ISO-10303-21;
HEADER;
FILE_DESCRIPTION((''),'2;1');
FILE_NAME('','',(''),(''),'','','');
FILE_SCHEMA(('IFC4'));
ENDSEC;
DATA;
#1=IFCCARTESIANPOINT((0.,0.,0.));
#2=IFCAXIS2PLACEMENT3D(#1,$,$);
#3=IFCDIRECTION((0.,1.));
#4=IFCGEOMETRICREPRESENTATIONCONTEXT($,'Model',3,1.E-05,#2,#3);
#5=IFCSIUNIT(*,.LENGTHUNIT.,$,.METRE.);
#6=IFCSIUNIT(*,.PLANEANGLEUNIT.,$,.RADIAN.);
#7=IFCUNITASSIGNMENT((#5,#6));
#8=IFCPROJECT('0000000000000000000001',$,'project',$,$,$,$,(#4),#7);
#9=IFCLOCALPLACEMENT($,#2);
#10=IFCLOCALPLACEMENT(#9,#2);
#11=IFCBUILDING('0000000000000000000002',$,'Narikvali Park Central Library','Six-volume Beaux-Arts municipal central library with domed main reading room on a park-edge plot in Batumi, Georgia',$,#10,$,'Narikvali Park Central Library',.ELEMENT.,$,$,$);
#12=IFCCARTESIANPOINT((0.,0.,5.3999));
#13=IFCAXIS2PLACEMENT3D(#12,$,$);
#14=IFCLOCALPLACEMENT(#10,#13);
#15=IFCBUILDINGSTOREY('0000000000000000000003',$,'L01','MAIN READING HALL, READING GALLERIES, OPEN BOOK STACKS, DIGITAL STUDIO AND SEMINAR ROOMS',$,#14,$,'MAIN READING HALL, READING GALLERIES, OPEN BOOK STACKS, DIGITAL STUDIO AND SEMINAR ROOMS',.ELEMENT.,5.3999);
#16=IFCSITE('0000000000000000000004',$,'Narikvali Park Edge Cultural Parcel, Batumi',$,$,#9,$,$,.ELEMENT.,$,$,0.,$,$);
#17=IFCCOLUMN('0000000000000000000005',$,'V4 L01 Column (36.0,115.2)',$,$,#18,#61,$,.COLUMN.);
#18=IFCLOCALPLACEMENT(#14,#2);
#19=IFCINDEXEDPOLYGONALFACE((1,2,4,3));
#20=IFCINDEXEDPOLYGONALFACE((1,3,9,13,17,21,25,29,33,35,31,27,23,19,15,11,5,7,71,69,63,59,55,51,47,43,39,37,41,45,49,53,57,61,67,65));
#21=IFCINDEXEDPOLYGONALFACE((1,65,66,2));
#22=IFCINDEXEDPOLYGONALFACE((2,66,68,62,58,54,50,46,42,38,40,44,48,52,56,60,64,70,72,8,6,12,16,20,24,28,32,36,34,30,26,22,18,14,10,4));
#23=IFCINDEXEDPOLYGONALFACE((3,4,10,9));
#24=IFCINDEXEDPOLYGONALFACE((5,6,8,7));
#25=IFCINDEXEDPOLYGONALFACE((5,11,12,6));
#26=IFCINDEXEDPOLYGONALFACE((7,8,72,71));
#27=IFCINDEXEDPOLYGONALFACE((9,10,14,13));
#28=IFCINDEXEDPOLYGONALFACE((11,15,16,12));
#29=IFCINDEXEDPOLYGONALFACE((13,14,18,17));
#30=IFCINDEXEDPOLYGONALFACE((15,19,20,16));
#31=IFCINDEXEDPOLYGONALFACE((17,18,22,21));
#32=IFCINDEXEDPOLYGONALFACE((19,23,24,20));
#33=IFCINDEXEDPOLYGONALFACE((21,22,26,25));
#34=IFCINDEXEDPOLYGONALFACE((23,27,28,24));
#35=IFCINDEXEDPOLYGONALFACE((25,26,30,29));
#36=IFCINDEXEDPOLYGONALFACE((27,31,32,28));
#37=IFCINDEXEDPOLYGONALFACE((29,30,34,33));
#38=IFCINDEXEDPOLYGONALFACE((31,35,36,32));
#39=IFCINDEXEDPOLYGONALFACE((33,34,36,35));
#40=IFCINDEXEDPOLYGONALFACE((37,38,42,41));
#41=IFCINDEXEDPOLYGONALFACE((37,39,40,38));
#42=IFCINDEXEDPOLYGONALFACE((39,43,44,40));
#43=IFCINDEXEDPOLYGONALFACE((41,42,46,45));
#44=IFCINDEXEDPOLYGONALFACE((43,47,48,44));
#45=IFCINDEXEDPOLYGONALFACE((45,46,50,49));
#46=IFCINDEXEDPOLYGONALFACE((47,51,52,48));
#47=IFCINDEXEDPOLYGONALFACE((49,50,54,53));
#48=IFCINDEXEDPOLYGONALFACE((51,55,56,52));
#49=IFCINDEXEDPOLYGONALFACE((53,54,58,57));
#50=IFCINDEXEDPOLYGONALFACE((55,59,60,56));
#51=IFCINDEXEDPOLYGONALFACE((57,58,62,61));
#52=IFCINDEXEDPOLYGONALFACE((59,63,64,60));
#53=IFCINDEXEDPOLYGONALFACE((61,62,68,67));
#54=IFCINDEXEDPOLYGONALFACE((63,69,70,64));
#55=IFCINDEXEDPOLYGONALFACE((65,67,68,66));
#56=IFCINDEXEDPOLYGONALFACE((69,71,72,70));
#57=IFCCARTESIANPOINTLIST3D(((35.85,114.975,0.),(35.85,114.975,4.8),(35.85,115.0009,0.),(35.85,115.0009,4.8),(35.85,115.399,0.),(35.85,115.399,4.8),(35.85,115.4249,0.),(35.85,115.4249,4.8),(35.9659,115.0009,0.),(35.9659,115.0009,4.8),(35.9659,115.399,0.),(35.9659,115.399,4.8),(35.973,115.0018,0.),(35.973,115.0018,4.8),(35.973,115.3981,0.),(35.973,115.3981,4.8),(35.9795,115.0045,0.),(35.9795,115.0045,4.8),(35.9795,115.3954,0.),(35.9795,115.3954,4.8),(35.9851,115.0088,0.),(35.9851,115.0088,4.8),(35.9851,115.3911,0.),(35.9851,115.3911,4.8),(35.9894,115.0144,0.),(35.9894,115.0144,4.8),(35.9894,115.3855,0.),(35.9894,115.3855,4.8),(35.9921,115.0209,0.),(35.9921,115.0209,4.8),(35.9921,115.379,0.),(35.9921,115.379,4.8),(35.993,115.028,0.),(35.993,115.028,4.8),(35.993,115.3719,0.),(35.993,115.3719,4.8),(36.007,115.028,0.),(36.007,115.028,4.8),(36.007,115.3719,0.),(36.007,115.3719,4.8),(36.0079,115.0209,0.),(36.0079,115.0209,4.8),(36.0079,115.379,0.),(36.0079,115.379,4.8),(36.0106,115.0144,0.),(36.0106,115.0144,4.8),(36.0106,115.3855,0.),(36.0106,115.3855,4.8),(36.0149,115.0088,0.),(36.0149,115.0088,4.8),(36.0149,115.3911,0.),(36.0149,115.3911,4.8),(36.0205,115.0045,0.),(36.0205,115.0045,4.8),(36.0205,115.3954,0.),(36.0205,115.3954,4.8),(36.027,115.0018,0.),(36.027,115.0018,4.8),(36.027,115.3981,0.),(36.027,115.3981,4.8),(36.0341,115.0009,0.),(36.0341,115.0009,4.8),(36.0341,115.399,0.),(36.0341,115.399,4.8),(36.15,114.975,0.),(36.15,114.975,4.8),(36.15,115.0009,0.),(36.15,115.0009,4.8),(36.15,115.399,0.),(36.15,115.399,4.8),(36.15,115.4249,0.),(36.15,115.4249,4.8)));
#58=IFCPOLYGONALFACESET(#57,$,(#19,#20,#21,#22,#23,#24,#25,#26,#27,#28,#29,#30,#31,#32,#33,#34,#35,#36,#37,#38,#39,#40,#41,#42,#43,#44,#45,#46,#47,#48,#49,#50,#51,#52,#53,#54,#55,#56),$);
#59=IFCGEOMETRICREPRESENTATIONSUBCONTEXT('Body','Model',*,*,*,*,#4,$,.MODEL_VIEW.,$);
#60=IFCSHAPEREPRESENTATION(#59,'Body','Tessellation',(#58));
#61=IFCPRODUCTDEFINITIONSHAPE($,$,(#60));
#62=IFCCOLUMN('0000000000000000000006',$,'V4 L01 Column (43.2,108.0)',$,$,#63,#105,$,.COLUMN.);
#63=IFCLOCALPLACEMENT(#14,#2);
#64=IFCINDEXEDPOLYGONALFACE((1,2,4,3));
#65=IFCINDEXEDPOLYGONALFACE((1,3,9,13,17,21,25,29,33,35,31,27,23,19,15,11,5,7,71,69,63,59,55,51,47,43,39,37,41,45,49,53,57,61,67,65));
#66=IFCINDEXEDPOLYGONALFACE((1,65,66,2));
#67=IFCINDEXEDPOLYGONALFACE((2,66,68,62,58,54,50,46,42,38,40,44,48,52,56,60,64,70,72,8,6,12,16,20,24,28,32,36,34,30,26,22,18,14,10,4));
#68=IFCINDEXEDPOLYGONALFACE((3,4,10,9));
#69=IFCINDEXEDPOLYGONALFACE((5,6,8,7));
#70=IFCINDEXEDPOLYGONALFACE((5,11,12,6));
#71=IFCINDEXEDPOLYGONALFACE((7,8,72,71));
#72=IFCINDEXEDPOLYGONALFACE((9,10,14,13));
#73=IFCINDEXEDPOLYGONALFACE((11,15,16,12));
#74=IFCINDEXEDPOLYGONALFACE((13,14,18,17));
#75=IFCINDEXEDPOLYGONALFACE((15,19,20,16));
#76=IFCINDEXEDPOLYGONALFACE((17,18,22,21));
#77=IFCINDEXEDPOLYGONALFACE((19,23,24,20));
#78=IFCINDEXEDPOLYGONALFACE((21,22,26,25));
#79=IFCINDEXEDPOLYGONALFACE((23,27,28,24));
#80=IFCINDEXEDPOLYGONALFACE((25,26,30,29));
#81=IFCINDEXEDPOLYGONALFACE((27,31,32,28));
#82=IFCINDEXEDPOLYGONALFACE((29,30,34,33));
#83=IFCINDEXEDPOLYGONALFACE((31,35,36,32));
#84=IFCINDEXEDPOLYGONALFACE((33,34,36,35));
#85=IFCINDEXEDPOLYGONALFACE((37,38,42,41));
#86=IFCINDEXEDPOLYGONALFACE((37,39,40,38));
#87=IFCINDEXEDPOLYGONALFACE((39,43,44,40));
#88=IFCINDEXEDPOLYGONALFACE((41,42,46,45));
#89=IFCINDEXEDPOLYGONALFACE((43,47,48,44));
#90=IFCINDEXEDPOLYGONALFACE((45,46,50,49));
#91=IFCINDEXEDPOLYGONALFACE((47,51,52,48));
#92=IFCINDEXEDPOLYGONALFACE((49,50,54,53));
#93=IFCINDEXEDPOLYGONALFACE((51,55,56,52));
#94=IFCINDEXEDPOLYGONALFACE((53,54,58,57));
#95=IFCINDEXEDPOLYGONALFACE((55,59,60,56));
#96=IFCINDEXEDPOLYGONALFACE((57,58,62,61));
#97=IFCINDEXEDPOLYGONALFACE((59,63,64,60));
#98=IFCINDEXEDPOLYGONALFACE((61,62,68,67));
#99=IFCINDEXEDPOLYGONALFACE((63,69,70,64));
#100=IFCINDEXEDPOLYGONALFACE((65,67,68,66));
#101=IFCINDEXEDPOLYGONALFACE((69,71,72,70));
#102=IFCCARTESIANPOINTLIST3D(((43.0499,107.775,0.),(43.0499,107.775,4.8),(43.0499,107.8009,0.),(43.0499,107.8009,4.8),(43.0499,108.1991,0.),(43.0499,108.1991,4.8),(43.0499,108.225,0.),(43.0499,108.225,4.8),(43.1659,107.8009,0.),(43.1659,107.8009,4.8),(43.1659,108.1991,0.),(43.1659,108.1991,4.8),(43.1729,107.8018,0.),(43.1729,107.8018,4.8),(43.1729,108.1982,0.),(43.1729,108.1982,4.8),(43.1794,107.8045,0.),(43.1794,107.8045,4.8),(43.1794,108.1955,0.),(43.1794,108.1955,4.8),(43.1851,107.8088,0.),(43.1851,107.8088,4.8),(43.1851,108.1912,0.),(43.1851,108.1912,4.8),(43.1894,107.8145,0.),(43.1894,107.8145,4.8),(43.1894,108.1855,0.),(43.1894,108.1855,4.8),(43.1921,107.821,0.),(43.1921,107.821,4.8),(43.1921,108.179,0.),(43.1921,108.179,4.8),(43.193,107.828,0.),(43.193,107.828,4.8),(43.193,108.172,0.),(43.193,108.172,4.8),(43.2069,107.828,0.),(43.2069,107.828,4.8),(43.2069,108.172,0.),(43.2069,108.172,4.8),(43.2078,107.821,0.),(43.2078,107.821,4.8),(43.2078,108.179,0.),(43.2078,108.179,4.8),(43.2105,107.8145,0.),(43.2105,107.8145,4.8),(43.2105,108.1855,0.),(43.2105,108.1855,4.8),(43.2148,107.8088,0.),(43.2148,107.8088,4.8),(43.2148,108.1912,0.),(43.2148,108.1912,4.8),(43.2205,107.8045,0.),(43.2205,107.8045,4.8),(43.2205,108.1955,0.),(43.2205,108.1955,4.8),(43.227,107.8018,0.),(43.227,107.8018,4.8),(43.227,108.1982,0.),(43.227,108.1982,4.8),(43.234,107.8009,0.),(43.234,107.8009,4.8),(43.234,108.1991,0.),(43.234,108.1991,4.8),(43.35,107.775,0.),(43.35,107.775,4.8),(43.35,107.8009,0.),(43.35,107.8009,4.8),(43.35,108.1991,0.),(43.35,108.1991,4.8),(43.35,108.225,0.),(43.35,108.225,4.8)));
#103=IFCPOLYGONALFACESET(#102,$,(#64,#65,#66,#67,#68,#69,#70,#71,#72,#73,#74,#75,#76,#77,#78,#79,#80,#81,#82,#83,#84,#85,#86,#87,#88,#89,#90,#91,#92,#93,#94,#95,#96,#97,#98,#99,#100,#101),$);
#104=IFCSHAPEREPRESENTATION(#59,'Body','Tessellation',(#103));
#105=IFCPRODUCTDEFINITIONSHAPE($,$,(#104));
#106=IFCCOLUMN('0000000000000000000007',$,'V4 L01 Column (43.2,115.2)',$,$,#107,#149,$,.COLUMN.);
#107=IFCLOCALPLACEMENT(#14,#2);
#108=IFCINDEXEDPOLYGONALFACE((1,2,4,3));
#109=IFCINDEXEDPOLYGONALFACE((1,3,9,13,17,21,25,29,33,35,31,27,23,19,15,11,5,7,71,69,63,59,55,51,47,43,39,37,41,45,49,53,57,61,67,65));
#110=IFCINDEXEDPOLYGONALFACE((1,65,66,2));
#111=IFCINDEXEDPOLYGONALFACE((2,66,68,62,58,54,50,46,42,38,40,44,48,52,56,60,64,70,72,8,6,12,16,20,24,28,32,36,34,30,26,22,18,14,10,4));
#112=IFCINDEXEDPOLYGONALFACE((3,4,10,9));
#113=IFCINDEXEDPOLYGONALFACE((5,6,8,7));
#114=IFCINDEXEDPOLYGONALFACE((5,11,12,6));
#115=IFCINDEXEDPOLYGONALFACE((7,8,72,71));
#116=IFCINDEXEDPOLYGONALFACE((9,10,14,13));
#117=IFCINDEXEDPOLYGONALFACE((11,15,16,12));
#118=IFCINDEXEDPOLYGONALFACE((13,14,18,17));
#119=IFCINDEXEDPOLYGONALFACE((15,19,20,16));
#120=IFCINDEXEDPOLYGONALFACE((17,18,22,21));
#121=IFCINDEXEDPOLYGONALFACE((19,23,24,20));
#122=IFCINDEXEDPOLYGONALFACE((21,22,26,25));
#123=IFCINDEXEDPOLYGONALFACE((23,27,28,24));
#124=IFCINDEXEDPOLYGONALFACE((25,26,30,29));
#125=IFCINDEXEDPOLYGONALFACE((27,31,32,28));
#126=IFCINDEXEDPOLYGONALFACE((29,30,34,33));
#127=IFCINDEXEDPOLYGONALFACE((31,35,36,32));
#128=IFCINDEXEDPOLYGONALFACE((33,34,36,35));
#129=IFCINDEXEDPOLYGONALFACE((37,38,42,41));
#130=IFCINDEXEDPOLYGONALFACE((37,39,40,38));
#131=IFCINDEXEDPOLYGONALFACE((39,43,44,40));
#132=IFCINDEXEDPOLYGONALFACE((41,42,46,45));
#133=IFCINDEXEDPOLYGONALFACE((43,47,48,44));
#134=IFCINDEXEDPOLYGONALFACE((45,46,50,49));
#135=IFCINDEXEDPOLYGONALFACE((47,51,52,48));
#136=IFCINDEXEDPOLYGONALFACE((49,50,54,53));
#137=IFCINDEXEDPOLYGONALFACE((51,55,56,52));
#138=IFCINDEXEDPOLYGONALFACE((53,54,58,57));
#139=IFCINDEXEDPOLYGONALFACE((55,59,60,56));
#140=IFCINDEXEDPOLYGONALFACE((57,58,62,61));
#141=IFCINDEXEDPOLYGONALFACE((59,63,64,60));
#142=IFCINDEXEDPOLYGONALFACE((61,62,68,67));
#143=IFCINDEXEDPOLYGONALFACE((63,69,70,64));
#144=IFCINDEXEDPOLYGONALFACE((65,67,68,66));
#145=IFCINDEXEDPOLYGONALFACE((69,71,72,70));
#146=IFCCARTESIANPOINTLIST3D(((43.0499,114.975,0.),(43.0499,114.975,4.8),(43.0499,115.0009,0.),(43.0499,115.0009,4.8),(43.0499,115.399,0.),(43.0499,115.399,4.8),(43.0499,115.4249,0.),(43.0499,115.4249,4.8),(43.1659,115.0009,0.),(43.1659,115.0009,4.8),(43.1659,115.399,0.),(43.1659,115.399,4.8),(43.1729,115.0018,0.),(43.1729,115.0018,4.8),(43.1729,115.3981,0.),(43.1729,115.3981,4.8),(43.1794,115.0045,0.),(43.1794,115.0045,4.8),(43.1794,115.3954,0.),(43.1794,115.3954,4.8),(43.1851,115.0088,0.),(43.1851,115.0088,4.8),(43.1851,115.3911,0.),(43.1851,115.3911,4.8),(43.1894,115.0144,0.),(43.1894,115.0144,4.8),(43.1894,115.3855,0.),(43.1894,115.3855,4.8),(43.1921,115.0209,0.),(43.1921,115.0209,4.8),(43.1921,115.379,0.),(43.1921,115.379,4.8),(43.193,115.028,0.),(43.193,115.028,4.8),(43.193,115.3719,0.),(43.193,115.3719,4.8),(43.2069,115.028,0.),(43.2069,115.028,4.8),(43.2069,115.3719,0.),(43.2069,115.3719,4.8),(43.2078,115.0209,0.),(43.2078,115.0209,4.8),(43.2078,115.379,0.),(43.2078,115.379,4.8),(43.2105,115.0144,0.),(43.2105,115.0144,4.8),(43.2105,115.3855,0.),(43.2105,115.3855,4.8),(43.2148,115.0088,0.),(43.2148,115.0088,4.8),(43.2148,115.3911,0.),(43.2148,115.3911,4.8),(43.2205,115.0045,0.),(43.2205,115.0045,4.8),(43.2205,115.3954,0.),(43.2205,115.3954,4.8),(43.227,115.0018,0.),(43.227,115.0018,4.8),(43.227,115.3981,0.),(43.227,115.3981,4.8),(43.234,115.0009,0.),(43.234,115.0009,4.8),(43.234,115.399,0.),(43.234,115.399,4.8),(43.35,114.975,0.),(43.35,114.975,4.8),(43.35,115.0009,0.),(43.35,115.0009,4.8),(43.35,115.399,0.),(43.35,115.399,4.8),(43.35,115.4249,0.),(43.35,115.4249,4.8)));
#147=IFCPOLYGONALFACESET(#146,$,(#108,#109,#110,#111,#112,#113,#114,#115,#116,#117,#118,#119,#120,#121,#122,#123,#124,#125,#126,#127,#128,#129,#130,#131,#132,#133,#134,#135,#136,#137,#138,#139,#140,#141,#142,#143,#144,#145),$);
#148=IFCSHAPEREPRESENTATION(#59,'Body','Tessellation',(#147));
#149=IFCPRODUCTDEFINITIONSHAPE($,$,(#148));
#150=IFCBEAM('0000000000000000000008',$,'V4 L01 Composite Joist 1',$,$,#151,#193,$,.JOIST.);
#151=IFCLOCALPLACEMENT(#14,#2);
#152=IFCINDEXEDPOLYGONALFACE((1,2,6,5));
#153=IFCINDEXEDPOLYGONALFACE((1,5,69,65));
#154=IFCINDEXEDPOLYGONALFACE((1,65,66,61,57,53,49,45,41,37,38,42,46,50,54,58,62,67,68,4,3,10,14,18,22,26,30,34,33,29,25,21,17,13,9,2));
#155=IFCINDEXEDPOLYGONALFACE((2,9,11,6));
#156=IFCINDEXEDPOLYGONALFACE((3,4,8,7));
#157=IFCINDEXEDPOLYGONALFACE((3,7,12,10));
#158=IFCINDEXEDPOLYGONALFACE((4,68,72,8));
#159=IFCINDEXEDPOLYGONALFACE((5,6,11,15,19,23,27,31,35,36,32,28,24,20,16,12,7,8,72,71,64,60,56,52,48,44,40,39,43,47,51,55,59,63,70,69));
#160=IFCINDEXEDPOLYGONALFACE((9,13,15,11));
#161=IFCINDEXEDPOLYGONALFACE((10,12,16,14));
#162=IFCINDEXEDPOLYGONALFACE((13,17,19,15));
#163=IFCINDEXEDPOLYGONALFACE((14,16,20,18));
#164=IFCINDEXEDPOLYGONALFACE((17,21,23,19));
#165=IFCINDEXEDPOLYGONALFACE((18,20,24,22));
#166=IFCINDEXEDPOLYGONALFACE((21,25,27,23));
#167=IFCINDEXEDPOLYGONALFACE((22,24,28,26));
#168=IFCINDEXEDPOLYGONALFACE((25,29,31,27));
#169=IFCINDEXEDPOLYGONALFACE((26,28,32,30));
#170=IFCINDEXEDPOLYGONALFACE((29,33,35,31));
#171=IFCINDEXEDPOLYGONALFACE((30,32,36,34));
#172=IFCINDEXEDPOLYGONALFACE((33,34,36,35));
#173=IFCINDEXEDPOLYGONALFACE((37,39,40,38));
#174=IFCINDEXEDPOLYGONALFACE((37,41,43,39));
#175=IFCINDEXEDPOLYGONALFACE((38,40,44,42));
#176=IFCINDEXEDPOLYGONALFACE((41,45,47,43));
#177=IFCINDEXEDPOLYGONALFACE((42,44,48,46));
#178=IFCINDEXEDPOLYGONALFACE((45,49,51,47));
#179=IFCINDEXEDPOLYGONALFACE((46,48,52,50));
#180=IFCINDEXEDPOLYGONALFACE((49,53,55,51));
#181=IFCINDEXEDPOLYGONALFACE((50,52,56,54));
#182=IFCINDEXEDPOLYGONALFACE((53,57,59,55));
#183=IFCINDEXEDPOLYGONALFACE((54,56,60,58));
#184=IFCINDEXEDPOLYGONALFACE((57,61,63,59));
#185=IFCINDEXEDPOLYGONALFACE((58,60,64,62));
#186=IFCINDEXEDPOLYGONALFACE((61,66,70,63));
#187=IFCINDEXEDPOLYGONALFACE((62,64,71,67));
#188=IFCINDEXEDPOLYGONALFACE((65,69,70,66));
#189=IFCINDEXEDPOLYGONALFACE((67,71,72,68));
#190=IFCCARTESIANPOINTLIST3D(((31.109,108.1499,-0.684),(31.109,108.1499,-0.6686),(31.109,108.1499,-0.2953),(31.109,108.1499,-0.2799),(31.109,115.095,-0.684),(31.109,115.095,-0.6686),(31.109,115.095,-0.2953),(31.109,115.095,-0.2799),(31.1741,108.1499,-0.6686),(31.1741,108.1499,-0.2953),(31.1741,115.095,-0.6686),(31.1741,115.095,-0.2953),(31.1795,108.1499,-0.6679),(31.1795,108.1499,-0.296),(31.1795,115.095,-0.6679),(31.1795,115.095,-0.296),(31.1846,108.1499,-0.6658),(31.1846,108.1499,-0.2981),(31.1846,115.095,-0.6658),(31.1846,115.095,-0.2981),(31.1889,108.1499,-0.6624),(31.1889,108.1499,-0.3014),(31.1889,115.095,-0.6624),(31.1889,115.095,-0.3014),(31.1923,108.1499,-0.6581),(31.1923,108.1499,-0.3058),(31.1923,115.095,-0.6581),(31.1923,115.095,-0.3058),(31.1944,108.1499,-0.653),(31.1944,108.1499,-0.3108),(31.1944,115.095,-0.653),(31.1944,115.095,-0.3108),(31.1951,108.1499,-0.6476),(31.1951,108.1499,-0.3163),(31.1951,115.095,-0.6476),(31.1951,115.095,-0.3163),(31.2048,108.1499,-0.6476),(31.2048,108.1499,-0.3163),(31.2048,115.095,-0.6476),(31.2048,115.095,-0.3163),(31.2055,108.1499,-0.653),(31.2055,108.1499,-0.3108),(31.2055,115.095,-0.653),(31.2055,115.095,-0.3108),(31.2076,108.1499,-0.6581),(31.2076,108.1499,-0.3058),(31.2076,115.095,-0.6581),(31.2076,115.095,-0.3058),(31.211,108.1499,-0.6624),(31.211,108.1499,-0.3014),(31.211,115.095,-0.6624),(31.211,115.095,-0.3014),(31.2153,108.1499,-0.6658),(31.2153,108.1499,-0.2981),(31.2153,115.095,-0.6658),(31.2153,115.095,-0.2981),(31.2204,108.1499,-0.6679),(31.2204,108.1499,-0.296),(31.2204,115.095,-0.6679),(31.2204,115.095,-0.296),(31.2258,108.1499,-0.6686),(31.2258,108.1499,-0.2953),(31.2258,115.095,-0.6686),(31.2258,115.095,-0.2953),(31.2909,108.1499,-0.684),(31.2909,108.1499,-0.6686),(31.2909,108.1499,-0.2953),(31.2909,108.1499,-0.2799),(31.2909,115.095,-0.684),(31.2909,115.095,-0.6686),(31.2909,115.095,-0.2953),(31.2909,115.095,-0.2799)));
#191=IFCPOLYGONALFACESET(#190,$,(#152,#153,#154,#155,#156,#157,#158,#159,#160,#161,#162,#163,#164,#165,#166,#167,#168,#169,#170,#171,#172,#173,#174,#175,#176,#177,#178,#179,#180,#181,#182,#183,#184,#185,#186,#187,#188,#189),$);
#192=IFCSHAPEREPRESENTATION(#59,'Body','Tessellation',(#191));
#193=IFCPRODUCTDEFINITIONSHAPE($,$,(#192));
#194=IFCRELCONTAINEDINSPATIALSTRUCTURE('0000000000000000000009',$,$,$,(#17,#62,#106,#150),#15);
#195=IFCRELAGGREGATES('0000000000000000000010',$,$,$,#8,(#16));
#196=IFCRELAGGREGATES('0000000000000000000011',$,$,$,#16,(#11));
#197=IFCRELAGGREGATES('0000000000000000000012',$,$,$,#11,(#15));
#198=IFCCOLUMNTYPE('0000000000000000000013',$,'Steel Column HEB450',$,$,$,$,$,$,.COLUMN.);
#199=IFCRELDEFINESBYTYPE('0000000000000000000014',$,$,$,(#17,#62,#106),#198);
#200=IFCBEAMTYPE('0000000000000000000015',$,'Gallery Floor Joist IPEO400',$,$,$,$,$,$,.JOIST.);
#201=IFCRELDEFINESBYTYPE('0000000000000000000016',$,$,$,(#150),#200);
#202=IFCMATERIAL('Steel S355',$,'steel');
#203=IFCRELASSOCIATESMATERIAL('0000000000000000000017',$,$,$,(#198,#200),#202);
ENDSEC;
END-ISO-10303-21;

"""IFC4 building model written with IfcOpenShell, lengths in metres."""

from ifc_helpers import new_model, si_unit, direction, frame, origin, origin_2d, place, context, subcontext, project, spatial, i_section, extrude, material, material_profile, profile_set, type_object, element, save


model = new_model("IFC4")

# Units and contexts
model_context = context("Model", 3, precision=1e-05, world=origin(), true_north=direction((0.0, 1.0)))
body_context = subcontext(model_context, "Body", "Model", "MODEL_VIEW")
ifc_project = project(units=[si_unit("LENGTHUNIT", "METRE"), si_unit("PLANEANGLEUNIT", "RADIAN")], contexts=[model_context])

# Site, building, storey
site_placement = place(None, origin())
site = spatial("IfcSite", under=ifc_project, at=site_placement, Name="Narikvali Park Edge Cultural Parcel, Batumi", CompositionType="ELEMENT", RefElevation=0.0)
building_placement = place(site_placement, origin())
building = spatial("IfcBuilding", under=site, at=building_placement, Name="Narikvali Park Central Library", Description="Six-volume Beaux-Arts municipal central library with domed main reading room on a park-edge plot in Batumi, Georgia", LongName="Narikvali Park Central Library", CompositionType="ELEMENT")
storey_placement = place(building_placement, frame((0.0, 0.0, 5.3999)))
storey = spatial("IfcBuildingStorey", under=building, at=storey_placement, Name="L01", Description="MAIN READING HALL, READING GALLERIES, OPEN BOOK STACKS, DIGITAL STUDIO AND SEMINAR ROOMS", LongName="MAIN READING HALL, READING GALLERIES, OPEN BOOK STACKS, DIGITAL STUDIO AND SEMINAR ROOMS", CompositionType="ELEMENT", Elevation=5.3999)

# Columns
ifc_material_1 = material(Name="Steel S355", Category="steel")
ifc_material_profile_1 = material_profile(ifc_material_1, i_section(OverallWidth=0.3, OverallDepth=0.45, WebThickness=0.0139, FlangeThickness=0.0259, FilletRadius=0.0271, at=origin_2d()), Name="HEB 450")
ifc_profile_set_1 = profile_set([ifc_material_profile_1], Name="Steel S355")
column_type = type_object("IfcColumnType", Name="Steel Column HEB450", PredefinedType="COLUMN", material=ifc_profile_set_1)
for number, where, z_axis, x_axis, name in (
    (1, (36.0, 115.2, 0.0), (0.0, 0.0, 1.0), (1.0, 0.0, 0.0), "V4 L01 Column (36.0,115.2)"),
    (2, (43.2, 108.0, 0.0), (0.0, 0.0, 1.0), (1.0, 0.0, 0.0), "V4 L01 Column (43.2,108.0)"),
    (3, (43.2, 115.2, 0.0), (0.0, 0.0, 1.0), (1.0, 0.0, 0.0), "V4 L01 Column (43.2,115.2)"),
):
    element("IfcColumn", number, at=place(storey_placement, frame(where, z_axis=z_axis, x_axis=x_axis)), inside=storey, type_object=column_type, Name=name, PredefinedType="COLUMN", context=body_context, shape_type="SweptSolid", body=[
        extrude(i_section(OverallWidth=0.3, OverallDepth=0.45, WebThickness=0.0139, FlangeThickness=0.0259, FilletRadius=0.0271, at=origin_2d()), origin(), (0.0, 0.0, 1.0), 4.8),
    ])

# Beam
ifc_material_profile_2 = material_profile(ifc_material_1, i_section(OverallWidth=0.1819, OverallDepth=0.4041, WebThickness=0.0098, FlangeThickness=0.0154, FilletRadius=0.021, at=origin_2d()), Name="IPEO 400")
ifc_profile_set_2 = profile_set([ifc_material_profile_2], Name="Steel S355")
beam_type_1 = type_object("IfcBeamType", Name="Gallery Floor Joist IPEO400", PredefinedType="JOIST", material=ifc_profile_set_2)
for number, where, z_axis, x_axis, name in (
    (4, (31.2, 108.1499, -0.4819), (0.0, 1.0, 0.0), (-1.0, 0.0, 0.0), "V4 L01 Composite Joist 1"),
):
    element("IfcBeam", number, at=place(storey_placement, frame(where, z_axis=z_axis, x_axis=x_axis)), inside=storey, type_object=beam_type_1, Name=name, PredefinedType="JOIST", context=body_context, shape_type="SweptSolid", body=[
        extrude(i_section(OverallWidth=0.1819, OverallDepth=0.4041, WebThickness=0.0098, FlangeThickness=0.0154, FilletRadius=0.021, at=origin_2d()), origin(), (0.0, 0.0, 1.0), 6.9451),
    ])

save(model, "model.ifc")
